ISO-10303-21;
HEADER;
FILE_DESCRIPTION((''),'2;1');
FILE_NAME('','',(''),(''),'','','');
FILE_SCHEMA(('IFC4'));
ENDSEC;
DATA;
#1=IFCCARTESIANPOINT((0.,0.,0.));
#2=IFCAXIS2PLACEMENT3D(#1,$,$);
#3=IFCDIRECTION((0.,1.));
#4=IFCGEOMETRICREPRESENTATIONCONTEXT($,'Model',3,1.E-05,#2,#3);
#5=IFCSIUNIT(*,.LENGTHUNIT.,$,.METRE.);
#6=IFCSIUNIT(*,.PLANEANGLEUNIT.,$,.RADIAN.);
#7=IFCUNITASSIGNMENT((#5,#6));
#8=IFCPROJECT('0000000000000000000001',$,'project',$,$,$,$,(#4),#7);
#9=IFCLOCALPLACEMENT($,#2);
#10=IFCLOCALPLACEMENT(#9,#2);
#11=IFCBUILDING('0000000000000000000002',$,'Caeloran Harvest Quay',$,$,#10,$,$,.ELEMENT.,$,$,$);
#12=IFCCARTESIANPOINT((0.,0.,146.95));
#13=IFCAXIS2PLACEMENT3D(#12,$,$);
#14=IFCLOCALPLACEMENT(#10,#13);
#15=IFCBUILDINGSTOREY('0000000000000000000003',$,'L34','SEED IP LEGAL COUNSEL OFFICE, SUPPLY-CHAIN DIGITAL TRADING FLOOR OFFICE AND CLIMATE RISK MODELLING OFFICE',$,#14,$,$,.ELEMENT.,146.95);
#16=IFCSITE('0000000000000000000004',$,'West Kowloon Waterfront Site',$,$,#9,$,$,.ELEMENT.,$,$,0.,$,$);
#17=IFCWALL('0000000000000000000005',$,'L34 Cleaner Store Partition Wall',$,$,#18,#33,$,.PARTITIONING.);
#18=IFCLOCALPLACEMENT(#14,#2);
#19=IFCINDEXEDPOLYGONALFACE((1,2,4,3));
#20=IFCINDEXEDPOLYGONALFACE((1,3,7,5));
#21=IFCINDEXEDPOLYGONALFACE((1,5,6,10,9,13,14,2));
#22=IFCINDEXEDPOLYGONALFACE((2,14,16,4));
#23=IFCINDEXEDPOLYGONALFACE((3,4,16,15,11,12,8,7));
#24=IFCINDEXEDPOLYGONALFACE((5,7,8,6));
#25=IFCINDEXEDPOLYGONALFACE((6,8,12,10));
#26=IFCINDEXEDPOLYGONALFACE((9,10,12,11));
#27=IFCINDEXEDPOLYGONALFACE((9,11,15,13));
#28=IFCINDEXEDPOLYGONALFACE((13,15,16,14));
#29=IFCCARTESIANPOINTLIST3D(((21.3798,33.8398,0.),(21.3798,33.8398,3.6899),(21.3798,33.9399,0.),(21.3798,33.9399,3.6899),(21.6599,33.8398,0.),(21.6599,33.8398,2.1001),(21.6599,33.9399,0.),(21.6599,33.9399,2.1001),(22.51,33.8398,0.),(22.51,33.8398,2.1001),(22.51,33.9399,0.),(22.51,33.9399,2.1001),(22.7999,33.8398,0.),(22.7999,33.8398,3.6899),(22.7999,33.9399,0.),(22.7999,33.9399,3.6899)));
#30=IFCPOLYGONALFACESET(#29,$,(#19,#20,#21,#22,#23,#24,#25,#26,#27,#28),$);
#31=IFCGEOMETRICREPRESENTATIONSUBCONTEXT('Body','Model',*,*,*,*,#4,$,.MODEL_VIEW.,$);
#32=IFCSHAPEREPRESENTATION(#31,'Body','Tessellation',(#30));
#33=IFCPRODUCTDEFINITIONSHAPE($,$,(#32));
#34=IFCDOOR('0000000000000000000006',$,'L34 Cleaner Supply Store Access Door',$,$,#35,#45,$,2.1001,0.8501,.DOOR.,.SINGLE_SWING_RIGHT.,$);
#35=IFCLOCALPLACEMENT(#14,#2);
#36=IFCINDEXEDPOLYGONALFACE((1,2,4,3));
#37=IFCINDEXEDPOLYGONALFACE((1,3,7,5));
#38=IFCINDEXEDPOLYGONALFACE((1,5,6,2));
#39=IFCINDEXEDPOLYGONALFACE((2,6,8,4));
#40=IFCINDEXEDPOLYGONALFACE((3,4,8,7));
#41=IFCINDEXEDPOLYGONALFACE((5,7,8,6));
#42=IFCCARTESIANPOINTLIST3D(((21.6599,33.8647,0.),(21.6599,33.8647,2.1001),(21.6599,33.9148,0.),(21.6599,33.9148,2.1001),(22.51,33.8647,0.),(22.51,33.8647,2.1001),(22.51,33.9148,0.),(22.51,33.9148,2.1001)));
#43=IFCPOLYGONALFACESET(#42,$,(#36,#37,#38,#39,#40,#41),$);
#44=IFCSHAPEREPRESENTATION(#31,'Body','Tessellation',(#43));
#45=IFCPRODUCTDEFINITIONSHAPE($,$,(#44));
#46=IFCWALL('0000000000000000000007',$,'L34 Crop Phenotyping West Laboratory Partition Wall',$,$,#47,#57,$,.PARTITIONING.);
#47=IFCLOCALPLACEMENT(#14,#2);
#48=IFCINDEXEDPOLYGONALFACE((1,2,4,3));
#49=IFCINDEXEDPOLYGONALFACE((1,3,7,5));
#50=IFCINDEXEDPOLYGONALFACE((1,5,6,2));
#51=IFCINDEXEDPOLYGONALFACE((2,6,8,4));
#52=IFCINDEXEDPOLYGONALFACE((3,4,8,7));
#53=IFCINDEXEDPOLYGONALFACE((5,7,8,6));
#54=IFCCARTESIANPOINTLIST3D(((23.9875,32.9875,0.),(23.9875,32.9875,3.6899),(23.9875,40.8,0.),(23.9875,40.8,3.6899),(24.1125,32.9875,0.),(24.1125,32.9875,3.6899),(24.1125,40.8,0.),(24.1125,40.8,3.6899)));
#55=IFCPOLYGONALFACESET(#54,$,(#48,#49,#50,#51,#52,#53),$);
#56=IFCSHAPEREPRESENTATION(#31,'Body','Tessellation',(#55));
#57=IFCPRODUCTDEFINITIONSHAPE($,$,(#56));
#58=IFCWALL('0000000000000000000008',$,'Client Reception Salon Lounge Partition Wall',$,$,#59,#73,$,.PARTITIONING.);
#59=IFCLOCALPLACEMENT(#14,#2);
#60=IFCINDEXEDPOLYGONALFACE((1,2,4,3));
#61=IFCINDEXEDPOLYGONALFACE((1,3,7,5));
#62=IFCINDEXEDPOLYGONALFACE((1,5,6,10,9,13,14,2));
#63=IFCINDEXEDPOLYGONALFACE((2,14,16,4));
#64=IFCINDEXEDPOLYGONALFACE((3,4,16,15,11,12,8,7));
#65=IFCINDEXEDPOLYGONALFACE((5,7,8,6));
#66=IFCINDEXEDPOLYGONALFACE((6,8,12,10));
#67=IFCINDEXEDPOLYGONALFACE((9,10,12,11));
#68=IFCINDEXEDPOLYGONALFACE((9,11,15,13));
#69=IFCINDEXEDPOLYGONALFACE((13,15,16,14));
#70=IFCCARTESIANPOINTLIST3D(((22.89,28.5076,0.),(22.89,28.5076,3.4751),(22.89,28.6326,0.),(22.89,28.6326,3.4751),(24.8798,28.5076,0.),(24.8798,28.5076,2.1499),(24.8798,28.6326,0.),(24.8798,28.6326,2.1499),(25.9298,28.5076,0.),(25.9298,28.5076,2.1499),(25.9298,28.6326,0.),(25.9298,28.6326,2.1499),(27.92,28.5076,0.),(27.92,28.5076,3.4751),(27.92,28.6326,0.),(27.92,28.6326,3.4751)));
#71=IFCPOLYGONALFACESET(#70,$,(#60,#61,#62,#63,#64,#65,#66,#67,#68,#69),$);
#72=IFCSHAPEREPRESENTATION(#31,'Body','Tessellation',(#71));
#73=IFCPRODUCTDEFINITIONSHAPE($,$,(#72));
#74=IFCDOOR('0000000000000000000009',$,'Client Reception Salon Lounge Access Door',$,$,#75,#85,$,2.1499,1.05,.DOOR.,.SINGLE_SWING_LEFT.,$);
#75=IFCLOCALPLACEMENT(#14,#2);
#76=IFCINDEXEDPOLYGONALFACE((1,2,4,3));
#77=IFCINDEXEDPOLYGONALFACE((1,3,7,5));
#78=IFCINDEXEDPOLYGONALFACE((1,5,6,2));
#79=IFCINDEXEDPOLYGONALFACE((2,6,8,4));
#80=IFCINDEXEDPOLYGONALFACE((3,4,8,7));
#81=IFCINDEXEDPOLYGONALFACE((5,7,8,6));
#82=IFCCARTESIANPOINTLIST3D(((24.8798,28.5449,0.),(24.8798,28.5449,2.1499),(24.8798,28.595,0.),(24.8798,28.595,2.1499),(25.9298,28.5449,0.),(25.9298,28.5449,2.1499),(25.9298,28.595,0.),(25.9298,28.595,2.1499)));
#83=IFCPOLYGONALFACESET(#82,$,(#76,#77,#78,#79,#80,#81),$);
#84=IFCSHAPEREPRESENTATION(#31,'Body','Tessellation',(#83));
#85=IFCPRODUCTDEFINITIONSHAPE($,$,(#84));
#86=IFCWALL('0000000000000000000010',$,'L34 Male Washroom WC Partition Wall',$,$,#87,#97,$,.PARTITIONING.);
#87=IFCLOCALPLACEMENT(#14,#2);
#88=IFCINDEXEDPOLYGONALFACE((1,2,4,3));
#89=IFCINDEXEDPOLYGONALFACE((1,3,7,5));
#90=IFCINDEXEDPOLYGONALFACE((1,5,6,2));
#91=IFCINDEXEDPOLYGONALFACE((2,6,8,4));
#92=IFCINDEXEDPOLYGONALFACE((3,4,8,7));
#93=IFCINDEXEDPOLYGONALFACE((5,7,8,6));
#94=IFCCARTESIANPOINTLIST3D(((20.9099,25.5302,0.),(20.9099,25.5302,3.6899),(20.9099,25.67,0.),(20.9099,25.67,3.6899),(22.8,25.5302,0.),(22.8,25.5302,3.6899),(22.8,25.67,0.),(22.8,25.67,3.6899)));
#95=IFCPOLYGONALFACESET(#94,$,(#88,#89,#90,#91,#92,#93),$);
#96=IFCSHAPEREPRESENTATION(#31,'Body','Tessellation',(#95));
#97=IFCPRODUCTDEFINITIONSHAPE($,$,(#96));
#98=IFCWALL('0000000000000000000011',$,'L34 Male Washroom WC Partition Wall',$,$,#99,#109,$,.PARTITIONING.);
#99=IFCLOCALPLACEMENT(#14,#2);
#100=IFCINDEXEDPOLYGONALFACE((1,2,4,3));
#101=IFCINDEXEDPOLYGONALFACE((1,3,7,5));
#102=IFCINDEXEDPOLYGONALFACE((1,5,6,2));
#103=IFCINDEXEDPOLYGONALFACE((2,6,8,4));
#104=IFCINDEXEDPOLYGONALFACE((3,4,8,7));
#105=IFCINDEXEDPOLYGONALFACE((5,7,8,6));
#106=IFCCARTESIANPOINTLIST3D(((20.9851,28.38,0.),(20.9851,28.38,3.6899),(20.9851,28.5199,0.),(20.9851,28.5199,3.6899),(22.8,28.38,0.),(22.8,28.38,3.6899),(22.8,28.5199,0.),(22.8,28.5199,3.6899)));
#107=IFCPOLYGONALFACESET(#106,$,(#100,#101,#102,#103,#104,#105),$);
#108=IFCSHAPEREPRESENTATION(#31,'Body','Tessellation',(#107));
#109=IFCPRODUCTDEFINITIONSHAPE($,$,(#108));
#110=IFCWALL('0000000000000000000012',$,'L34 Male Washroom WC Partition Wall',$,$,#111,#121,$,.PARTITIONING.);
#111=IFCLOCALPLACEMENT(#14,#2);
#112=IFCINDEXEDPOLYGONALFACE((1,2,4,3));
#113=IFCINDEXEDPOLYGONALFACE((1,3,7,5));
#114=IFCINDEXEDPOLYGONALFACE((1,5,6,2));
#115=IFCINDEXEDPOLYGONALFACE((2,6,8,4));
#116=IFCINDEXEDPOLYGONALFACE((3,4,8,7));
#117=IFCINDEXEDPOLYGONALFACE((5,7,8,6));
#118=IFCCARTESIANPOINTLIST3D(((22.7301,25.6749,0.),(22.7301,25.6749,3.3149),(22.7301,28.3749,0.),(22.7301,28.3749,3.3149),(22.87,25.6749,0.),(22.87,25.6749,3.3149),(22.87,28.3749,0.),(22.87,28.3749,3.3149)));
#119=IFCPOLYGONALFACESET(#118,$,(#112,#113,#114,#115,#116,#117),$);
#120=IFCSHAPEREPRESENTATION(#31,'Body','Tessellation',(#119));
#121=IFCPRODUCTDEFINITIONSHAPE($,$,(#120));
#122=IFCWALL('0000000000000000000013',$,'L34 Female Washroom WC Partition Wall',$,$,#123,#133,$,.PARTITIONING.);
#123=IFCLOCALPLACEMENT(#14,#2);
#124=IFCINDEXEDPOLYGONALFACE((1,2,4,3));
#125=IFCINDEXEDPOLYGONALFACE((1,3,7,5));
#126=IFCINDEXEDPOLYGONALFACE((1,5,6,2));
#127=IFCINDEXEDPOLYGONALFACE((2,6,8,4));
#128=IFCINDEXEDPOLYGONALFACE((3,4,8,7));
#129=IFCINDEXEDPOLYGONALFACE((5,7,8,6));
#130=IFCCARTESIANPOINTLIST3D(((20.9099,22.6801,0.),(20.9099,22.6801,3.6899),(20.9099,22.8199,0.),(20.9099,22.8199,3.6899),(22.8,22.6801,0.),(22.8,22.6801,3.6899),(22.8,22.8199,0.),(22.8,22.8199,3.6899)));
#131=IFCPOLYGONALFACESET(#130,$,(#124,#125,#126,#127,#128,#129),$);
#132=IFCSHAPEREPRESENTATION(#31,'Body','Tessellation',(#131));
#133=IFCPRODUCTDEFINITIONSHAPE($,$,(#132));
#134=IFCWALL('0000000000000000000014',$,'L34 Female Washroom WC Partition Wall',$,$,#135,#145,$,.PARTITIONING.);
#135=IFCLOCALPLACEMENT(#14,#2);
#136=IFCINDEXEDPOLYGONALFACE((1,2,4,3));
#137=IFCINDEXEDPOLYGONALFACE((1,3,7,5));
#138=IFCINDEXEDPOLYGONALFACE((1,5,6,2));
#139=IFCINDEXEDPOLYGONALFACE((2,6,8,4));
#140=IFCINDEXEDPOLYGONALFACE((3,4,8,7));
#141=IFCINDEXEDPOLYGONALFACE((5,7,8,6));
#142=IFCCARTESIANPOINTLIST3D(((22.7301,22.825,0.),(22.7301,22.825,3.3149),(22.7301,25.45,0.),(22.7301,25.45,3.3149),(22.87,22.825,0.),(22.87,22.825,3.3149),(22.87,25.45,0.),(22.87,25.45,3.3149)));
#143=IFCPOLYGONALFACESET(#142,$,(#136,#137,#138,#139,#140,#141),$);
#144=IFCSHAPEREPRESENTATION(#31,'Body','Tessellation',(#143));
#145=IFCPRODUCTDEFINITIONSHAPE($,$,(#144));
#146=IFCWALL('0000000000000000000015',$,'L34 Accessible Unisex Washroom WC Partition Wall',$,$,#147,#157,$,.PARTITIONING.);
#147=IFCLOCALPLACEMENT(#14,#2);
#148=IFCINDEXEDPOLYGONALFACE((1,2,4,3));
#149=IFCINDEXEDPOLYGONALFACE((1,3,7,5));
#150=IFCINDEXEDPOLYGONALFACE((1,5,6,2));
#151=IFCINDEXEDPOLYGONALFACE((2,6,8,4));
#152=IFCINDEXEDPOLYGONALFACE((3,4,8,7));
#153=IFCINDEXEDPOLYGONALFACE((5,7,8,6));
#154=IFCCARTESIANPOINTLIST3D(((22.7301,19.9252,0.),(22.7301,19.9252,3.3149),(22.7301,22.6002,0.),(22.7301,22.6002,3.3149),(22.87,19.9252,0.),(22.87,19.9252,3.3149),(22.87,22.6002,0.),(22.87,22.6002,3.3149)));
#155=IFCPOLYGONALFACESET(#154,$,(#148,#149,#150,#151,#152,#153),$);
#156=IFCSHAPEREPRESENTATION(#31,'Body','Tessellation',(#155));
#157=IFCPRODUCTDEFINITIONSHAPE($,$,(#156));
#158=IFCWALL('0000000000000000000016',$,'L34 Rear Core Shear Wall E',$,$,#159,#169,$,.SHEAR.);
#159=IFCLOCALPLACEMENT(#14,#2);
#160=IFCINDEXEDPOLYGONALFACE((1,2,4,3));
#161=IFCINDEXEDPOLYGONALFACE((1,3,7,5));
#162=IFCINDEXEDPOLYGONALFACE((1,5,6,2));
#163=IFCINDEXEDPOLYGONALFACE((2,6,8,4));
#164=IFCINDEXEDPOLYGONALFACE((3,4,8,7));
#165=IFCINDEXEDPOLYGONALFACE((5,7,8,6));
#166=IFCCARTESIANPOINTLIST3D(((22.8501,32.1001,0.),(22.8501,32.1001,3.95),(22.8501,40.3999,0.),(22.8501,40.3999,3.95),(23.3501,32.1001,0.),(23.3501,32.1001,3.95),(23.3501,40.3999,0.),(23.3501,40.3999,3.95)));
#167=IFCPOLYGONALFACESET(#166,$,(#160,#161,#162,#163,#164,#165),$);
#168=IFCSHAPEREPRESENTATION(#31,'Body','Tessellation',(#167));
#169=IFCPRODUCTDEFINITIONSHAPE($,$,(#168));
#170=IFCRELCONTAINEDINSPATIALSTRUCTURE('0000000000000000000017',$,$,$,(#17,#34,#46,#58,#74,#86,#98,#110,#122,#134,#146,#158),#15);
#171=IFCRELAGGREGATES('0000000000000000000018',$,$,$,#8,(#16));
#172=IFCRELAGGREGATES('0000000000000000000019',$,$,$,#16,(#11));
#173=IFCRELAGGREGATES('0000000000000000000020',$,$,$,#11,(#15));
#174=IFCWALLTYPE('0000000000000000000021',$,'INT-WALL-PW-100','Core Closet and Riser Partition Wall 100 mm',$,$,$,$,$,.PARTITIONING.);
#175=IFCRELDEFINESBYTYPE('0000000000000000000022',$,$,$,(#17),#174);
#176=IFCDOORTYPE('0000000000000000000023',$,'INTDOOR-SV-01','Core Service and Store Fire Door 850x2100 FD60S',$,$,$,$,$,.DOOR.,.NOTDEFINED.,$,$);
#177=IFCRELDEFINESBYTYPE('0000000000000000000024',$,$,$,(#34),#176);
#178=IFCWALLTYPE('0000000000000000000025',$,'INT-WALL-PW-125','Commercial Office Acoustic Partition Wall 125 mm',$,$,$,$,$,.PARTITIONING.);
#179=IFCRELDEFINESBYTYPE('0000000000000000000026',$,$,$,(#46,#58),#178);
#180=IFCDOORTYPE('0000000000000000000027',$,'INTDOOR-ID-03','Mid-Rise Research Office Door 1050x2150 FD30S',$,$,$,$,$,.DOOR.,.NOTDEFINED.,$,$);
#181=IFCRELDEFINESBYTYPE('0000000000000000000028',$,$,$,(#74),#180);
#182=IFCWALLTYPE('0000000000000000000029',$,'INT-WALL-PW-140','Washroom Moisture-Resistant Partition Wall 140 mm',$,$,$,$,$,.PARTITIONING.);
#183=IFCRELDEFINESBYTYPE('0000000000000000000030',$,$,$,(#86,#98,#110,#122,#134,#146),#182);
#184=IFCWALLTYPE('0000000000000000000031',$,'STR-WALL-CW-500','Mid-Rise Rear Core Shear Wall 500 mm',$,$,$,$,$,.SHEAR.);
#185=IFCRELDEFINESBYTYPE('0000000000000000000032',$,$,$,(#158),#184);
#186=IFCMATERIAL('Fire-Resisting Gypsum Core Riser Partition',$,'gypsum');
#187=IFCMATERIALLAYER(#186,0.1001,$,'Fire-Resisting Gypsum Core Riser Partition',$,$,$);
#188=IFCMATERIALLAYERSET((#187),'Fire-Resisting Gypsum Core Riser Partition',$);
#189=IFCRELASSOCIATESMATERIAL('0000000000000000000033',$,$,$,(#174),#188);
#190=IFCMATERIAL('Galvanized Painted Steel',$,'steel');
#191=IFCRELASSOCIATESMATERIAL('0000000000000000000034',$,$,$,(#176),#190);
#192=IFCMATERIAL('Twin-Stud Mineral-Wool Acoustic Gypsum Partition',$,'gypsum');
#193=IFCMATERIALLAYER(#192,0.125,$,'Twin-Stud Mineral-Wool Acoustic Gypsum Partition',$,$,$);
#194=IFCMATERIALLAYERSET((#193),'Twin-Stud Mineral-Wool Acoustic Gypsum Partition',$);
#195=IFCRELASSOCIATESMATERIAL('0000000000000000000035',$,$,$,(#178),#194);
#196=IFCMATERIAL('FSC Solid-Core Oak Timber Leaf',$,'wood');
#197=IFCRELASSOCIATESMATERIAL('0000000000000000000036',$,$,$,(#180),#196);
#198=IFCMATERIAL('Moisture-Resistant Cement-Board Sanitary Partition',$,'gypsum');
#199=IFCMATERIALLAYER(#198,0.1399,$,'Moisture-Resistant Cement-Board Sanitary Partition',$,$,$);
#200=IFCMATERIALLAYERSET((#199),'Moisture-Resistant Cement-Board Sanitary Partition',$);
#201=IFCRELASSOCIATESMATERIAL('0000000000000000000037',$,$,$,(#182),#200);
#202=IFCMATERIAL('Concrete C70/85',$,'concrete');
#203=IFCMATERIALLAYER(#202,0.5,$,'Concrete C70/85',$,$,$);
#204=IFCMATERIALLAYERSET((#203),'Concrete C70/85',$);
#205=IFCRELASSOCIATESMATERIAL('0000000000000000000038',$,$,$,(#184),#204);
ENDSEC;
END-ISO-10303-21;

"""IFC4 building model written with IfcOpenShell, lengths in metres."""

from ifc_helpers import new_model, si_unit, direction, frame, frame_2d, origin, place, context, subcontext, project, spatial, rectangle, extrude, material, layer, layer_set, type_object, element, fill, save


model = new_model("IFC4")

# Units and contexts
model_context = context("Model", 3, precision=1e-05, world=origin(), true_north=direction((0.0, 1.0)))
body_context = subcontext(model_context, "Body", "Model", "MODEL_VIEW")
ifc_project = project(units=[si_unit("LENGTHUNIT", "METRE"), si_unit("PLANEANGLEUNIT", "RADIAN")], contexts=[model_context])

# Site, building, storey
site_placement = place(None, origin())
site = spatial("IfcSite", under=ifc_project, at=site_placement, Name="West Kowloon Waterfront Site", CompositionType="ELEMENT", RefElevation=0.0)
building_placement = place(site_placement, origin())
building = spatial("IfcBuilding", under=site, at=building_placement, Name="Caeloran Harvest Quay", CompositionType="ELEMENT")
storey_placement = place(building_placement, frame((0.0, 0.0, 146.95)))
storey = spatial("IfcBuildingStorey", under=building, at=storey_placement, Name="L34", Description="SEED IP LEGAL COUNSEL OFFICE, SUPPLY-CHAIN DIGITAL TRADING FLOOR OFFICE AND CLIMATE RISK MODELLING OFFICE", CompositionType="ELEMENT", Elevation=146.95)

# Wall, opening, door
ifc_material_1 = material(Name="Fire-Resisting Gypsum Core Riser Partition", Category="gypsum")
ifc_layer_1 = layer(ifc_material_1, 0.1001, Name="Fire-Resisting Gypsum Core Riser Partition")
ifc_layer_set_1 = layer_set([ifc_layer_1], Name="Fire-Resisting Gypsum Core Riser Partition")
wall_type_1 = type_object("IfcWallType", Name="INT-WALL-PW-100", Description="Core Closet and Riser Partition Wall 100 mm", PredefinedType="PARTITIONING", material=ifc_layer_set_1)
wall_1_placement = place(storey_placement, frame((21.3799, 33.8899, 0.0), z_axis=(0.0, 0.0, 1.0), x_axis=(1.0, 0.0, 0.0)))
wall_1 = element("IfcWall", 1, at=wall_1_placement, inside=storey, type_object=wall_type_1, Name="L34 Cleaner Store Partition Wall", PredefinedType="PARTITIONING", context=body_context, shape_type="SweptSolid", body=[
    extrude(rectangle(XDim=1.4202, YDim=0.1001, at=frame_2d((0.71, 0.0))), origin(), (0.0, 0.0, 1.0), 3.6899),
])
opening_1_placement = place(wall_1_placement, frame((0.28, 0.0, 0.0)))
opening_1 = element("IfcOpeningElement", 2, at=opening_1_placement, cuts=wall_1, PredefinedType="OPENING", context=body_context, shape_type="SweptSolid", body=[
    extrude(rectangle(XDim=0.8501, YDim=2.1001, at=frame_2d((0.425, 1.05))), frame((0.0, 0.0601, 0.0), z_axis=(0.0, -1.0, 0.0), x_axis=(1.0, 0.0, 0.0)), (0.0, 0.0, 1.0), 0.1201),
])
ifc_material_2 = material(Name="Galvanized Painted Steel", Category="steel")
door_type_1 = type_object("IfcDoorType", Name="INTDOOR-SV-01", Description="Core Service and Store Fire Door 850x2100 FD60S", OperationType="NOTDEFINED", PredefinedType="DOOR", material=ifc_material_2)
door_1_placement = place(opening_1_placement, origin())
door_1 = element("IfcDoor", 3, at=door_1_placement, inside=storey, type_object=door_type_1, Name="L34 Cleaner Supply Store Access Door", OperationType="SINGLE_SWING_RIGHT", OverallHeight=2.1001, OverallWidth=0.8501, PredefinedType="DOOR", context=body_context, shape_type="SweptSolid", body=[
    extrude(rectangle(XDim=0.8501, YDim=2.1001, at=frame_2d((0.425, 1.05))), frame((0.0, 0.0249, 0.0), z_axis=(0.0, -1.0, 0.0), x_axis=(1.0, 0.0, 0.0)), (0.0, 0.0, 1.0), 0.05),
])
fill(opening_1, door_1)

# Wall
ifc_material_3 = material(Name="Twin-Stud Mineral-Wool Acoustic Gypsum Partition", Category="gypsum")
ifc_layer_2 = layer(ifc_material_3, 0.125, Name="Twin-Stud Mineral-Wool Acoustic Gypsum Partition")
ifc_layer_set_2 = layer_set([ifc_layer_2], Name="Twin-Stud Mineral-Wool Acoustic Gypsum Partition")
wall_type_2 = type_object("IfcWallType", Name="INT-WALL-PW-125", Description="Commercial Office Acoustic Partition Wall 125 mm", PredefinedType="PARTITIONING", material=ifc_layer_set_2)
wall_2_placement = place(storey_placement, frame((24.05, 32.9875, 0.0), z_axis=(0.0, 0.0, 1.0), x_axis=(0.0, 1.0, 0.0)))
element("IfcWall", 4, at=wall_2_placement, inside=storey, type_object=wall_type_2, Name="L34 Crop Phenotyping West Laboratory Partition Wall", PredefinedType="PARTITIONING", context=body_context, shape_type="SweptSolid", body=[
    extrude(rectangle(XDim=7.8125, YDim=0.125, at=frame_2d((3.9062, 0.0))), origin(), (0.0, 0.0, 1.0), 3.6899),
])

# Wall, opening, door
wall_3_placement = place(storey_placement, frame((22.8899, 28.5701, 0.0), z_axis=(0.0, 0.0, 1.0), x_axis=(1.0, 0.0, 0.0)))
wall_3 = element("IfcWall", 5, at=wall_3_placement, inside=storey, type_object=wall_type_2, Name="Client Reception Salon Lounge Partition Wall", PredefinedType="PARTITIONING", context=body_context, shape_type="SweptSolid", body=[
    extrude(rectangle(XDim=5.03, YDim=0.125, at=frame_2d((2.5151, 0.0))), origin(), (0.0, 0.0, 1.0), 3.4751),
])
opening_2_placement = place(wall_3_placement, frame((1.99, 0.0, 0.0)))
opening_2 = element("IfcOpeningElement", 6, at=opening_2_placement, cuts=wall_3, PredefinedType="OPENING", context=body_context, shape_type="SweptSolid", body=[
    extrude(rectangle(XDim=1.05, YDim=2.1499, at=frame_2d((0.5249, 1.075))), frame((0.0, 0.0725, 0.0), z_axis=(0.0, -1.0, 0.0), x_axis=(1.0, 0.0, 0.0)), (0.0, 0.0, 1.0), 0.145),
])
ifc_material_4 = material(Name="FSC Solid-Core Oak Timber Leaf", Category="wood")
door_type_2 = type_object("IfcDoorType", Name="INTDOOR-ID-03", Description="Mid-Rise Research Office Door 1050x2150 FD30S", OperationType="NOTDEFINED", PredefinedType="DOOR", material=ifc_material_4)
door_2_placement = place(opening_2_placement, origin())
door_2 = element("IfcDoor", 7, at=door_2_placement, inside=storey, type_object=door_type_2, Name="Client Reception Salon Lounge Access Door", OperationType="SINGLE_SWING_LEFT", OverallHeight=2.1499, OverallWidth=1.05, PredefinedType="DOOR", context=body_context, shape_type="SweptSolid", body=[
    extrude(rectangle(XDim=1.05, YDim=2.1499, at=frame_2d((0.5249, 1.075))), frame((0.0, 0.0249, 0.0), z_axis=(0.0, -1.0, 0.0), x_axis=(1.0, 0.0, 0.0)), (0.0, 0.0, 1.0), 0.05),
])
fill(opening_2, door_2)

# Wall
ifc_material_5 = material(Name="Moisture-Resistant Cement-Board Sanitary Partition", Category="gypsum")
ifc_layer_3 = layer(ifc_material_5, 0.1399, Name="Moisture-Resistant Cement-Board Sanitary Partition")
ifc_layer_set_3 = layer_set([ifc_layer_3], Name="Moisture-Resistant Cement-Board Sanitary Partition")
wall_type_3 = type_object("IfcWallType", Name="INT-WALL-PW-140", Description="Washroom Moisture-Resistant Partition Wall 140 mm", PredefinedType="PARTITIONING", material=ifc_layer_set_3)
wall_4_placement = place(storey_placement, frame((22.8, 25.6001, 0.0), z_axis=(0.0, 0.0, 1.0), x_axis=(-1.0, 0.0, 0.0)))
element("IfcWall", 8, at=wall_4_placement, inside=storey, type_object=wall_type_3, Name="L34 Male Washroom WC Partition Wall", PredefinedType="PARTITIONING", context=body_context, shape_type="SweptSolid", body=[
    extrude(rectangle(XDim=1.8901, YDim=0.1399, at=frame_2d((0.9451, 0.0))), origin(), (0.0, 0.0, 1.0), 3.6899),
])

# Walls
wall_5_placement = place(storey_placement, frame((20.9851, 28.45, 0.0), z_axis=(0.0, 0.0, 1.0), x_axis=(1.0, 0.0, 0.0)))
element("IfcWall", 9, at=wall_5_placement, inside=storey, type_object=wall_type_3, Name="L34 Male Washroom WC Partition Wall", PredefinedType="PARTITIONING", context=body_context, shape_type="SweptSolid", body=[
    extrude(rectangle(XDim=1.8149, YDim=0.1399, at=frame_2d((0.9075, 0.0))), origin(), (0.0, 0.0, 1.0), 3.6899),
])
wall_6_placement = place(storey_placement, frame((22.8, 28.375, 0.0), z_axis=(0.0, 0.0, 1.0), x_axis=(0.0, -1.0, 0.0)))
element("IfcWall", 10, at=wall_6_placement, inside=storey, type_object=wall_type_3, Name="L34 Male Washroom WC Partition Wall", PredefinedType="PARTITIONING", context=body_context, shape_type="SweptSolid", body=[
    extrude(rectangle(XDim=2.7, YDim=0.1399, at=frame_2d((1.3501, 0.0))), origin(), (0.0, 0.0, 1.0), 3.3149),
])
wall_7_placement = place(storey_placement, frame((22.8, 22.75, 0.0), z_axis=(0.0, 0.0, 1.0), x_axis=(-1.0, 0.0, 0.0)))
element("IfcWall", 11, at=wall_7_placement, inside=storey, type_object=wall_type_3, Name="L34 Female Washroom WC Partition Wall", PredefinedType="PARTITIONING", context=body_context, shape_type="SweptSolid", body=[
    extrude(rectangle(XDim=1.8901, YDim=0.1399, at=frame_2d((0.9451, 0.0))), origin(), (0.0, 0.0, 1.0), 3.6899),
])

# Walls
wall_8_placement = place(storey_placement, frame((22.8, 25.45, 0.0), z_axis=(0.0, 0.0, 1.0), x_axis=(0.0, -1.0, 0.0)))
element("IfcWall", 12, at=wall_8_placement, inside=storey, type_object=wall_type_3, Name="L34 Female Washroom WC Partition Wall", PredefinedType="PARTITIONING", context=body_context, shape_type="SweptSolid", body=[
    extrude(rectangle(XDim=2.625, YDim=0.1399, at=frame_2d((1.3125, 0.0))), origin(), (0.0, 0.0, 1.0), 3.3149),
])
wall_9_placement = place(storey_placement, frame((22.8, 22.6001, 0.0), z_axis=(0.0, 0.0, 1.0), x_axis=(0.0, -1.0, 0.0)))
element("IfcWall", 13, at=wall_9_placement, inside=storey, type_object=wall_type_3, Name="L34 Accessible Unisex Washroom WC Partition Wall", PredefinedType="PARTITIONING", context=body_context, shape_type="SweptSolid", body=[
    extrude(rectangle(XDim=2.675, YDim=0.1399, at=frame_2d((1.3374, 0.0))), origin(), (0.0, 0.0, 1.0), 3.3149),
])
ifc_material_6 = material(Name="Concrete C70/85", Category="concrete")
ifc_layer_4 = layer(ifc_material_6, 0.5, Name="Concrete C70/85")
ifc_layer_set_4 = layer_set([ifc_layer_4], Name="Concrete C70/85")
wall_type_4 = type_object("IfcWallType", Name="STR-WALL-CW-500", Description="Mid-Rise Rear Core Shear Wall 500 mm", PredefinedType="SHEAR", material=ifc_layer_set_4)
wall_10_placement = place(storey_placement, frame((23.1001, 32.1001, 0.0), z_axis=(0.0, 0.0, 1.0), x_axis=(0.0, 1.0, 0.0)))
element("IfcWall", 14, at=wall_10_placement, inside=storey, type_object=wall_type_4, Name="L34 Rear Core Shear Wall E", PredefinedType="SHEAR", context=body_context, shape_type="SweptSolid", body=[
    extrude(rectangle(XDim=8.2998, YDim=0.5, at=frame_2d((4.1499, 0.0))), origin(), (0.0, 0.0, 1.0), 3.95),
])

save(model, "model.ifc")
